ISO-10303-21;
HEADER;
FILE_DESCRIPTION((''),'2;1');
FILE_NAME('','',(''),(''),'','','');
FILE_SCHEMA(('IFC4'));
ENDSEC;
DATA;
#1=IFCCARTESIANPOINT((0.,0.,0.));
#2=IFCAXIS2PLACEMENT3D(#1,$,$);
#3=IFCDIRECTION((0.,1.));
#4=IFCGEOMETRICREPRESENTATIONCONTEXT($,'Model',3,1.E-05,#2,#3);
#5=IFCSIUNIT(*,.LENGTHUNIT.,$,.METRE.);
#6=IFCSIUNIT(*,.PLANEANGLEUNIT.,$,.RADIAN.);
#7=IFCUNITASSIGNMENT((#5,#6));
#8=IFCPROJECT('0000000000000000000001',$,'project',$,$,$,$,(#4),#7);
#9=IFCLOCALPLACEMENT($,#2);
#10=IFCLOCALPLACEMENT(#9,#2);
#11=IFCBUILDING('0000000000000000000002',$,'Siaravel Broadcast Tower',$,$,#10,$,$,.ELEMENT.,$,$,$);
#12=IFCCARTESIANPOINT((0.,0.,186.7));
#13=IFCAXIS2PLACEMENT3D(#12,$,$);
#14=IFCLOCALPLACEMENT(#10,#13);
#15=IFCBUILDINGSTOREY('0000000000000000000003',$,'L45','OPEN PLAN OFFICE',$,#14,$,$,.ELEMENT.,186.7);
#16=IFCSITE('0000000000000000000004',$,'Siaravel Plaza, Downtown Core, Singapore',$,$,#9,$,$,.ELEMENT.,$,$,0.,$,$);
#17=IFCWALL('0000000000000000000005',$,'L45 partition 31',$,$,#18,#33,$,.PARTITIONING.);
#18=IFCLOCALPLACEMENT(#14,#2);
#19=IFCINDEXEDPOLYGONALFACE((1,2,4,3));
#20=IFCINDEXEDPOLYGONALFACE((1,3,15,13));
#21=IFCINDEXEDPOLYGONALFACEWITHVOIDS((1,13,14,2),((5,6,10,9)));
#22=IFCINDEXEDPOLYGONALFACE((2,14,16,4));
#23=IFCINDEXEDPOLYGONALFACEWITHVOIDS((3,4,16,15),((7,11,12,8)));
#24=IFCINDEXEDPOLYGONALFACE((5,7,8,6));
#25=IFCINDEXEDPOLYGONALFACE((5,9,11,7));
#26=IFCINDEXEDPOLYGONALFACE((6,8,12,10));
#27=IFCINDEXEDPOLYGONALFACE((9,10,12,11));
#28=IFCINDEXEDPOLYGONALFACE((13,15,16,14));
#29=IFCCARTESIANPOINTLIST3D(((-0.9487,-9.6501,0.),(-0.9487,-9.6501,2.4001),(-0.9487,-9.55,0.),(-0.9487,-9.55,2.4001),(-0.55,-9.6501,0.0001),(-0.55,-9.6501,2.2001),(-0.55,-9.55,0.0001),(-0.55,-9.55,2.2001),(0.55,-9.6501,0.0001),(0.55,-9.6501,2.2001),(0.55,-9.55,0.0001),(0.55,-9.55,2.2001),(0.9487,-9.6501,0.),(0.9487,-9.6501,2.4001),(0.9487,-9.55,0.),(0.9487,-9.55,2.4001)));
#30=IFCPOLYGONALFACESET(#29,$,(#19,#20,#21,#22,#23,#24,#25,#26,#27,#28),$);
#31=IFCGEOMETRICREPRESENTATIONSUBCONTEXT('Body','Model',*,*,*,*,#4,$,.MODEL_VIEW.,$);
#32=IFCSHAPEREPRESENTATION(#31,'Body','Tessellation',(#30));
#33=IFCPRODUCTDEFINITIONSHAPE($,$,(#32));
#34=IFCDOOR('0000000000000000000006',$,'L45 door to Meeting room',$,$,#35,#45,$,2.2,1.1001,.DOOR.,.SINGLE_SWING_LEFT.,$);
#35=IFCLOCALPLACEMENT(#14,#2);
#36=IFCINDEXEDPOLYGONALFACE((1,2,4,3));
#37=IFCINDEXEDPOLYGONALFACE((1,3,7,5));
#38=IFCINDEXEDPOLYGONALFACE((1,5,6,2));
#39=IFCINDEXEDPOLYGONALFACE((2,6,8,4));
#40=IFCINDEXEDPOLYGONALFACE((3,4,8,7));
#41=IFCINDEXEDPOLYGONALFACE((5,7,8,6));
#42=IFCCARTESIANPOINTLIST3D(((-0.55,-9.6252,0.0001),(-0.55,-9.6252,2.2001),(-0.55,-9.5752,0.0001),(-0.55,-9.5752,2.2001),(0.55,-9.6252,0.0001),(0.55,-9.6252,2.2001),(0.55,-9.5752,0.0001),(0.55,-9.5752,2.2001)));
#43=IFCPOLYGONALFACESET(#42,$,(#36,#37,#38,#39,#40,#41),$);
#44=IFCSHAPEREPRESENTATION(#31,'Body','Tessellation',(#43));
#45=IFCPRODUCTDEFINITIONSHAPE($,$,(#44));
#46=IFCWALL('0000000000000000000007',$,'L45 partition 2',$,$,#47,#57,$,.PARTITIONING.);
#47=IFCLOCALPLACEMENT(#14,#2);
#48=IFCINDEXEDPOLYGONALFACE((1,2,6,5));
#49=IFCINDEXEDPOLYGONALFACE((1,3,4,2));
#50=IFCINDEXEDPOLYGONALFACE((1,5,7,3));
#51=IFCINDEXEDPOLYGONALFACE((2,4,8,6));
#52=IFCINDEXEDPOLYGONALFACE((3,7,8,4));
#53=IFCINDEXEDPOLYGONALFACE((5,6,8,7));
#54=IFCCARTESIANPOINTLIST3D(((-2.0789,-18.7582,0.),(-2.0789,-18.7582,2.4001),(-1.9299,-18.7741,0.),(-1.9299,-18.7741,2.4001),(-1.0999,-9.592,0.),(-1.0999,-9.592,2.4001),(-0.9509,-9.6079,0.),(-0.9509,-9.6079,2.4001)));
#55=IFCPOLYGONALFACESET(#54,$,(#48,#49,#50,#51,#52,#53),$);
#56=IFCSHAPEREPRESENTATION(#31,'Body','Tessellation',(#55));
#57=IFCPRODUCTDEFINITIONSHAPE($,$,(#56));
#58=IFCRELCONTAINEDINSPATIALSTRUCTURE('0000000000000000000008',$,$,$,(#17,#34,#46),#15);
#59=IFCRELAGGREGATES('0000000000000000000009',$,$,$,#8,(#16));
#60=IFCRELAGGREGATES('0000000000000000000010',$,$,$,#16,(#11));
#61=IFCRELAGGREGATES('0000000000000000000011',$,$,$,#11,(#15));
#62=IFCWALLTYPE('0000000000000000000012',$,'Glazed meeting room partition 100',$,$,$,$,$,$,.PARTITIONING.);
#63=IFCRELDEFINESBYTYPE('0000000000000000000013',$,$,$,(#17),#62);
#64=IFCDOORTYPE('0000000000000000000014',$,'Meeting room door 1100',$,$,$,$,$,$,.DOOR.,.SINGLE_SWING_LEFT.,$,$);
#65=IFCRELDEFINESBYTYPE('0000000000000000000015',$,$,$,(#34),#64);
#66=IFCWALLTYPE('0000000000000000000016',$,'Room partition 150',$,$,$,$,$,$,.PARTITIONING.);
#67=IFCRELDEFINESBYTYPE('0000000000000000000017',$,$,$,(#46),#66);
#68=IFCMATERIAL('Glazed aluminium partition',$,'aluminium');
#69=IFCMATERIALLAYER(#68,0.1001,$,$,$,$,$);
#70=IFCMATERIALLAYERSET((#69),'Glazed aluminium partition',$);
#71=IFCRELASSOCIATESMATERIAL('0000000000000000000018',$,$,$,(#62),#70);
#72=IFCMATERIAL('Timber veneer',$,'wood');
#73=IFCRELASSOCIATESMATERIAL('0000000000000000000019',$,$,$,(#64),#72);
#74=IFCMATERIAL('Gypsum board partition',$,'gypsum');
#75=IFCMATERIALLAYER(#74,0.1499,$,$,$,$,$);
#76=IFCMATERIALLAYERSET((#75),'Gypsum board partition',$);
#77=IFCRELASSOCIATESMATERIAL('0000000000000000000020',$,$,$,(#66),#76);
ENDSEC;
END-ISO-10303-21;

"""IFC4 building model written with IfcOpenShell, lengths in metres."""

from ifc_helpers import new_model, si_unit, direction, frame, frame_2d, origin, place, context, subcontext, project, spatial, rectangle, extrude, material, layer, layer_set, type_object, element, fill, save


model = new_model("IFC4")

# Units and contexts
model_context = context("Model", 3, precision=1e-05, world=origin(), true_north=direction((0.0, 1.0)))
body_context = subcontext(model_context, "Body", "Model", "MODEL_VIEW")
ifc_project = project(units=[si_unit("LENGTHUNIT", "METRE"), si_unit("PLANEANGLEUNIT", "RADIAN")], contexts=[model_context])

# Site, building, storey
site_placement = place(None, origin())
site = spatial("IfcSite", under=ifc_project, at=site_placement, Name="Siaravel Plaza, Downtown Core, Singapore", CompositionType="ELEMENT", RefElevation=0.0)
building_placement = place(site_placement, origin())
building = spatial("IfcBuilding", under=site, at=building_placement, Name="Siaravel Broadcast Tower", CompositionType="ELEMENT")
storey_placement = place(building_placement, frame((0.0, 0.0, 186.7)))
storey = spatial("IfcBuildingStorey", under=building, at=storey_placement, Name="L45", Description="OPEN PLAN OFFICE", CompositionType="ELEMENT", Elevation=186.7)

# Wall, opening, door
ifc_material_1 = material(Name="Gypsum board partition", Category="gypsum")
ifc_material_2 = material(Name="Timber veneer", Category="wood")
ifc_material_3 = material(Name="Glazed aluminium partition", Category="aluminium")
ifc_layer_1 = layer(ifc_material_3, 0.1001)
ifc_layer_set_1 = layer_set([ifc_layer_1], Name="Glazed aluminium partition")
wall_type_1 = type_object("IfcWallType", Name="Glazed meeting room partition 100", PredefinedType="PARTITIONING", material=ifc_layer_set_1)
wall_1_placement = place(storey_placement, frame((-0.9487, -9.6001, 0.0), z_axis=(0.0, 0.0, 1.0), x_axis=(1.0, 0.0, 0.0)))
wall_1 = element("IfcWall", 1, at=wall_1_placement, inside=storey, type_object=wall_type_1, Name="L45 partition 31", PredefinedType="PARTITIONING", context=body_context, shape_type="SweptSolid", body=[
    extrude(rectangle(XDim=1.8975, YDim=0.1001, at=frame_2d((0.9487, 0.0))), origin(), (0.0, 0.0, 1.0), 2.4001),
])
opening_1_placement = place(wall_1_placement, frame((0.3987, 0.0, 0.0)))
opening_1 = element("IfcOpeningElement", 2, at=opening_1_placement, cuts=wall_1, PredefinedType="OPENING", context=body_context, shape_type="SweptSolid", body=[
    extrude(rectangle(XDim=1.1001, YDim=2.2, at=frame_2d((0.55, 1.1001))), frame((0.0, 0.0601, 0.0), z_axis=(0.0, -1.0, 0.0), x_axis=(1.0, 0.0, 0.0)), (0.0, 0.0, 1.0), 0.1201),
])
door_type_1 = type_object("IfcDoorType", Name="Meeting room door 1100", OperationType="SINGLE_SWING_LEFT", PredefinedType="DOOR", material=ifc_material_2)
door_1_placement = place(opening_1_placement, origin())
door_1 = element("IfcDoor", 3, at=door_1_placement, inside=storey, type_object=door_type_1, Name="L45 door to Meeting room", OperationType="SINGLE_SWING_LEFT", OverallHeight=2.2, OverallWidth=1.1001, PredefinedType="DOOR", context=body_context, shape_type="SweptSolid", body=[
    extrude(rectangle(XDim=1.1001, YDim=2.2, at=frame_2d((0.55, 1.1001))), frame((0.0, 0.0249, 0.0), z_axis=(0.0, -1.0, 0.0), x_axis=(1.0, 0.0, 0.0)), (0.0, 0.0, 1.0), 0.05),
])
fill(opening_1, door_1)

# Wall
ifc_layer_2 = layer(ifc_material_1, 0.1499)
ifc_layer_set_2 = layer_set([ifc_layer_2], Name="Gypsum board partition")
wall_type_2 = type_object("IfcWallType", Name="Room partition 150", PredefinedType="PARTITIONING", material=ifc_layer_set_2)
wall_2_placement = place(storey_placement, frame((-2.0044, -18.7661, 0.0), z_axis=(0.0, 0.0, 1.0), x_axis=(0.106204, 0.994344, 0.0)))
element("IfcWall", 4, at=wall_2_placement, inside=storey, type_object=wall_type_2, Name="L45 partition 2", PredefinedType="PARTITIONING", context=body_context, shape_type="SweptSolid", body=[
    extrude(rectangle(XDim=9.2183, YDim=0.1499, at=frame_2d((4.6091, 0.0))), origin(), (0.0, 0.0, 1.0), 2.4001),
])

save(model, "model.ifc")
